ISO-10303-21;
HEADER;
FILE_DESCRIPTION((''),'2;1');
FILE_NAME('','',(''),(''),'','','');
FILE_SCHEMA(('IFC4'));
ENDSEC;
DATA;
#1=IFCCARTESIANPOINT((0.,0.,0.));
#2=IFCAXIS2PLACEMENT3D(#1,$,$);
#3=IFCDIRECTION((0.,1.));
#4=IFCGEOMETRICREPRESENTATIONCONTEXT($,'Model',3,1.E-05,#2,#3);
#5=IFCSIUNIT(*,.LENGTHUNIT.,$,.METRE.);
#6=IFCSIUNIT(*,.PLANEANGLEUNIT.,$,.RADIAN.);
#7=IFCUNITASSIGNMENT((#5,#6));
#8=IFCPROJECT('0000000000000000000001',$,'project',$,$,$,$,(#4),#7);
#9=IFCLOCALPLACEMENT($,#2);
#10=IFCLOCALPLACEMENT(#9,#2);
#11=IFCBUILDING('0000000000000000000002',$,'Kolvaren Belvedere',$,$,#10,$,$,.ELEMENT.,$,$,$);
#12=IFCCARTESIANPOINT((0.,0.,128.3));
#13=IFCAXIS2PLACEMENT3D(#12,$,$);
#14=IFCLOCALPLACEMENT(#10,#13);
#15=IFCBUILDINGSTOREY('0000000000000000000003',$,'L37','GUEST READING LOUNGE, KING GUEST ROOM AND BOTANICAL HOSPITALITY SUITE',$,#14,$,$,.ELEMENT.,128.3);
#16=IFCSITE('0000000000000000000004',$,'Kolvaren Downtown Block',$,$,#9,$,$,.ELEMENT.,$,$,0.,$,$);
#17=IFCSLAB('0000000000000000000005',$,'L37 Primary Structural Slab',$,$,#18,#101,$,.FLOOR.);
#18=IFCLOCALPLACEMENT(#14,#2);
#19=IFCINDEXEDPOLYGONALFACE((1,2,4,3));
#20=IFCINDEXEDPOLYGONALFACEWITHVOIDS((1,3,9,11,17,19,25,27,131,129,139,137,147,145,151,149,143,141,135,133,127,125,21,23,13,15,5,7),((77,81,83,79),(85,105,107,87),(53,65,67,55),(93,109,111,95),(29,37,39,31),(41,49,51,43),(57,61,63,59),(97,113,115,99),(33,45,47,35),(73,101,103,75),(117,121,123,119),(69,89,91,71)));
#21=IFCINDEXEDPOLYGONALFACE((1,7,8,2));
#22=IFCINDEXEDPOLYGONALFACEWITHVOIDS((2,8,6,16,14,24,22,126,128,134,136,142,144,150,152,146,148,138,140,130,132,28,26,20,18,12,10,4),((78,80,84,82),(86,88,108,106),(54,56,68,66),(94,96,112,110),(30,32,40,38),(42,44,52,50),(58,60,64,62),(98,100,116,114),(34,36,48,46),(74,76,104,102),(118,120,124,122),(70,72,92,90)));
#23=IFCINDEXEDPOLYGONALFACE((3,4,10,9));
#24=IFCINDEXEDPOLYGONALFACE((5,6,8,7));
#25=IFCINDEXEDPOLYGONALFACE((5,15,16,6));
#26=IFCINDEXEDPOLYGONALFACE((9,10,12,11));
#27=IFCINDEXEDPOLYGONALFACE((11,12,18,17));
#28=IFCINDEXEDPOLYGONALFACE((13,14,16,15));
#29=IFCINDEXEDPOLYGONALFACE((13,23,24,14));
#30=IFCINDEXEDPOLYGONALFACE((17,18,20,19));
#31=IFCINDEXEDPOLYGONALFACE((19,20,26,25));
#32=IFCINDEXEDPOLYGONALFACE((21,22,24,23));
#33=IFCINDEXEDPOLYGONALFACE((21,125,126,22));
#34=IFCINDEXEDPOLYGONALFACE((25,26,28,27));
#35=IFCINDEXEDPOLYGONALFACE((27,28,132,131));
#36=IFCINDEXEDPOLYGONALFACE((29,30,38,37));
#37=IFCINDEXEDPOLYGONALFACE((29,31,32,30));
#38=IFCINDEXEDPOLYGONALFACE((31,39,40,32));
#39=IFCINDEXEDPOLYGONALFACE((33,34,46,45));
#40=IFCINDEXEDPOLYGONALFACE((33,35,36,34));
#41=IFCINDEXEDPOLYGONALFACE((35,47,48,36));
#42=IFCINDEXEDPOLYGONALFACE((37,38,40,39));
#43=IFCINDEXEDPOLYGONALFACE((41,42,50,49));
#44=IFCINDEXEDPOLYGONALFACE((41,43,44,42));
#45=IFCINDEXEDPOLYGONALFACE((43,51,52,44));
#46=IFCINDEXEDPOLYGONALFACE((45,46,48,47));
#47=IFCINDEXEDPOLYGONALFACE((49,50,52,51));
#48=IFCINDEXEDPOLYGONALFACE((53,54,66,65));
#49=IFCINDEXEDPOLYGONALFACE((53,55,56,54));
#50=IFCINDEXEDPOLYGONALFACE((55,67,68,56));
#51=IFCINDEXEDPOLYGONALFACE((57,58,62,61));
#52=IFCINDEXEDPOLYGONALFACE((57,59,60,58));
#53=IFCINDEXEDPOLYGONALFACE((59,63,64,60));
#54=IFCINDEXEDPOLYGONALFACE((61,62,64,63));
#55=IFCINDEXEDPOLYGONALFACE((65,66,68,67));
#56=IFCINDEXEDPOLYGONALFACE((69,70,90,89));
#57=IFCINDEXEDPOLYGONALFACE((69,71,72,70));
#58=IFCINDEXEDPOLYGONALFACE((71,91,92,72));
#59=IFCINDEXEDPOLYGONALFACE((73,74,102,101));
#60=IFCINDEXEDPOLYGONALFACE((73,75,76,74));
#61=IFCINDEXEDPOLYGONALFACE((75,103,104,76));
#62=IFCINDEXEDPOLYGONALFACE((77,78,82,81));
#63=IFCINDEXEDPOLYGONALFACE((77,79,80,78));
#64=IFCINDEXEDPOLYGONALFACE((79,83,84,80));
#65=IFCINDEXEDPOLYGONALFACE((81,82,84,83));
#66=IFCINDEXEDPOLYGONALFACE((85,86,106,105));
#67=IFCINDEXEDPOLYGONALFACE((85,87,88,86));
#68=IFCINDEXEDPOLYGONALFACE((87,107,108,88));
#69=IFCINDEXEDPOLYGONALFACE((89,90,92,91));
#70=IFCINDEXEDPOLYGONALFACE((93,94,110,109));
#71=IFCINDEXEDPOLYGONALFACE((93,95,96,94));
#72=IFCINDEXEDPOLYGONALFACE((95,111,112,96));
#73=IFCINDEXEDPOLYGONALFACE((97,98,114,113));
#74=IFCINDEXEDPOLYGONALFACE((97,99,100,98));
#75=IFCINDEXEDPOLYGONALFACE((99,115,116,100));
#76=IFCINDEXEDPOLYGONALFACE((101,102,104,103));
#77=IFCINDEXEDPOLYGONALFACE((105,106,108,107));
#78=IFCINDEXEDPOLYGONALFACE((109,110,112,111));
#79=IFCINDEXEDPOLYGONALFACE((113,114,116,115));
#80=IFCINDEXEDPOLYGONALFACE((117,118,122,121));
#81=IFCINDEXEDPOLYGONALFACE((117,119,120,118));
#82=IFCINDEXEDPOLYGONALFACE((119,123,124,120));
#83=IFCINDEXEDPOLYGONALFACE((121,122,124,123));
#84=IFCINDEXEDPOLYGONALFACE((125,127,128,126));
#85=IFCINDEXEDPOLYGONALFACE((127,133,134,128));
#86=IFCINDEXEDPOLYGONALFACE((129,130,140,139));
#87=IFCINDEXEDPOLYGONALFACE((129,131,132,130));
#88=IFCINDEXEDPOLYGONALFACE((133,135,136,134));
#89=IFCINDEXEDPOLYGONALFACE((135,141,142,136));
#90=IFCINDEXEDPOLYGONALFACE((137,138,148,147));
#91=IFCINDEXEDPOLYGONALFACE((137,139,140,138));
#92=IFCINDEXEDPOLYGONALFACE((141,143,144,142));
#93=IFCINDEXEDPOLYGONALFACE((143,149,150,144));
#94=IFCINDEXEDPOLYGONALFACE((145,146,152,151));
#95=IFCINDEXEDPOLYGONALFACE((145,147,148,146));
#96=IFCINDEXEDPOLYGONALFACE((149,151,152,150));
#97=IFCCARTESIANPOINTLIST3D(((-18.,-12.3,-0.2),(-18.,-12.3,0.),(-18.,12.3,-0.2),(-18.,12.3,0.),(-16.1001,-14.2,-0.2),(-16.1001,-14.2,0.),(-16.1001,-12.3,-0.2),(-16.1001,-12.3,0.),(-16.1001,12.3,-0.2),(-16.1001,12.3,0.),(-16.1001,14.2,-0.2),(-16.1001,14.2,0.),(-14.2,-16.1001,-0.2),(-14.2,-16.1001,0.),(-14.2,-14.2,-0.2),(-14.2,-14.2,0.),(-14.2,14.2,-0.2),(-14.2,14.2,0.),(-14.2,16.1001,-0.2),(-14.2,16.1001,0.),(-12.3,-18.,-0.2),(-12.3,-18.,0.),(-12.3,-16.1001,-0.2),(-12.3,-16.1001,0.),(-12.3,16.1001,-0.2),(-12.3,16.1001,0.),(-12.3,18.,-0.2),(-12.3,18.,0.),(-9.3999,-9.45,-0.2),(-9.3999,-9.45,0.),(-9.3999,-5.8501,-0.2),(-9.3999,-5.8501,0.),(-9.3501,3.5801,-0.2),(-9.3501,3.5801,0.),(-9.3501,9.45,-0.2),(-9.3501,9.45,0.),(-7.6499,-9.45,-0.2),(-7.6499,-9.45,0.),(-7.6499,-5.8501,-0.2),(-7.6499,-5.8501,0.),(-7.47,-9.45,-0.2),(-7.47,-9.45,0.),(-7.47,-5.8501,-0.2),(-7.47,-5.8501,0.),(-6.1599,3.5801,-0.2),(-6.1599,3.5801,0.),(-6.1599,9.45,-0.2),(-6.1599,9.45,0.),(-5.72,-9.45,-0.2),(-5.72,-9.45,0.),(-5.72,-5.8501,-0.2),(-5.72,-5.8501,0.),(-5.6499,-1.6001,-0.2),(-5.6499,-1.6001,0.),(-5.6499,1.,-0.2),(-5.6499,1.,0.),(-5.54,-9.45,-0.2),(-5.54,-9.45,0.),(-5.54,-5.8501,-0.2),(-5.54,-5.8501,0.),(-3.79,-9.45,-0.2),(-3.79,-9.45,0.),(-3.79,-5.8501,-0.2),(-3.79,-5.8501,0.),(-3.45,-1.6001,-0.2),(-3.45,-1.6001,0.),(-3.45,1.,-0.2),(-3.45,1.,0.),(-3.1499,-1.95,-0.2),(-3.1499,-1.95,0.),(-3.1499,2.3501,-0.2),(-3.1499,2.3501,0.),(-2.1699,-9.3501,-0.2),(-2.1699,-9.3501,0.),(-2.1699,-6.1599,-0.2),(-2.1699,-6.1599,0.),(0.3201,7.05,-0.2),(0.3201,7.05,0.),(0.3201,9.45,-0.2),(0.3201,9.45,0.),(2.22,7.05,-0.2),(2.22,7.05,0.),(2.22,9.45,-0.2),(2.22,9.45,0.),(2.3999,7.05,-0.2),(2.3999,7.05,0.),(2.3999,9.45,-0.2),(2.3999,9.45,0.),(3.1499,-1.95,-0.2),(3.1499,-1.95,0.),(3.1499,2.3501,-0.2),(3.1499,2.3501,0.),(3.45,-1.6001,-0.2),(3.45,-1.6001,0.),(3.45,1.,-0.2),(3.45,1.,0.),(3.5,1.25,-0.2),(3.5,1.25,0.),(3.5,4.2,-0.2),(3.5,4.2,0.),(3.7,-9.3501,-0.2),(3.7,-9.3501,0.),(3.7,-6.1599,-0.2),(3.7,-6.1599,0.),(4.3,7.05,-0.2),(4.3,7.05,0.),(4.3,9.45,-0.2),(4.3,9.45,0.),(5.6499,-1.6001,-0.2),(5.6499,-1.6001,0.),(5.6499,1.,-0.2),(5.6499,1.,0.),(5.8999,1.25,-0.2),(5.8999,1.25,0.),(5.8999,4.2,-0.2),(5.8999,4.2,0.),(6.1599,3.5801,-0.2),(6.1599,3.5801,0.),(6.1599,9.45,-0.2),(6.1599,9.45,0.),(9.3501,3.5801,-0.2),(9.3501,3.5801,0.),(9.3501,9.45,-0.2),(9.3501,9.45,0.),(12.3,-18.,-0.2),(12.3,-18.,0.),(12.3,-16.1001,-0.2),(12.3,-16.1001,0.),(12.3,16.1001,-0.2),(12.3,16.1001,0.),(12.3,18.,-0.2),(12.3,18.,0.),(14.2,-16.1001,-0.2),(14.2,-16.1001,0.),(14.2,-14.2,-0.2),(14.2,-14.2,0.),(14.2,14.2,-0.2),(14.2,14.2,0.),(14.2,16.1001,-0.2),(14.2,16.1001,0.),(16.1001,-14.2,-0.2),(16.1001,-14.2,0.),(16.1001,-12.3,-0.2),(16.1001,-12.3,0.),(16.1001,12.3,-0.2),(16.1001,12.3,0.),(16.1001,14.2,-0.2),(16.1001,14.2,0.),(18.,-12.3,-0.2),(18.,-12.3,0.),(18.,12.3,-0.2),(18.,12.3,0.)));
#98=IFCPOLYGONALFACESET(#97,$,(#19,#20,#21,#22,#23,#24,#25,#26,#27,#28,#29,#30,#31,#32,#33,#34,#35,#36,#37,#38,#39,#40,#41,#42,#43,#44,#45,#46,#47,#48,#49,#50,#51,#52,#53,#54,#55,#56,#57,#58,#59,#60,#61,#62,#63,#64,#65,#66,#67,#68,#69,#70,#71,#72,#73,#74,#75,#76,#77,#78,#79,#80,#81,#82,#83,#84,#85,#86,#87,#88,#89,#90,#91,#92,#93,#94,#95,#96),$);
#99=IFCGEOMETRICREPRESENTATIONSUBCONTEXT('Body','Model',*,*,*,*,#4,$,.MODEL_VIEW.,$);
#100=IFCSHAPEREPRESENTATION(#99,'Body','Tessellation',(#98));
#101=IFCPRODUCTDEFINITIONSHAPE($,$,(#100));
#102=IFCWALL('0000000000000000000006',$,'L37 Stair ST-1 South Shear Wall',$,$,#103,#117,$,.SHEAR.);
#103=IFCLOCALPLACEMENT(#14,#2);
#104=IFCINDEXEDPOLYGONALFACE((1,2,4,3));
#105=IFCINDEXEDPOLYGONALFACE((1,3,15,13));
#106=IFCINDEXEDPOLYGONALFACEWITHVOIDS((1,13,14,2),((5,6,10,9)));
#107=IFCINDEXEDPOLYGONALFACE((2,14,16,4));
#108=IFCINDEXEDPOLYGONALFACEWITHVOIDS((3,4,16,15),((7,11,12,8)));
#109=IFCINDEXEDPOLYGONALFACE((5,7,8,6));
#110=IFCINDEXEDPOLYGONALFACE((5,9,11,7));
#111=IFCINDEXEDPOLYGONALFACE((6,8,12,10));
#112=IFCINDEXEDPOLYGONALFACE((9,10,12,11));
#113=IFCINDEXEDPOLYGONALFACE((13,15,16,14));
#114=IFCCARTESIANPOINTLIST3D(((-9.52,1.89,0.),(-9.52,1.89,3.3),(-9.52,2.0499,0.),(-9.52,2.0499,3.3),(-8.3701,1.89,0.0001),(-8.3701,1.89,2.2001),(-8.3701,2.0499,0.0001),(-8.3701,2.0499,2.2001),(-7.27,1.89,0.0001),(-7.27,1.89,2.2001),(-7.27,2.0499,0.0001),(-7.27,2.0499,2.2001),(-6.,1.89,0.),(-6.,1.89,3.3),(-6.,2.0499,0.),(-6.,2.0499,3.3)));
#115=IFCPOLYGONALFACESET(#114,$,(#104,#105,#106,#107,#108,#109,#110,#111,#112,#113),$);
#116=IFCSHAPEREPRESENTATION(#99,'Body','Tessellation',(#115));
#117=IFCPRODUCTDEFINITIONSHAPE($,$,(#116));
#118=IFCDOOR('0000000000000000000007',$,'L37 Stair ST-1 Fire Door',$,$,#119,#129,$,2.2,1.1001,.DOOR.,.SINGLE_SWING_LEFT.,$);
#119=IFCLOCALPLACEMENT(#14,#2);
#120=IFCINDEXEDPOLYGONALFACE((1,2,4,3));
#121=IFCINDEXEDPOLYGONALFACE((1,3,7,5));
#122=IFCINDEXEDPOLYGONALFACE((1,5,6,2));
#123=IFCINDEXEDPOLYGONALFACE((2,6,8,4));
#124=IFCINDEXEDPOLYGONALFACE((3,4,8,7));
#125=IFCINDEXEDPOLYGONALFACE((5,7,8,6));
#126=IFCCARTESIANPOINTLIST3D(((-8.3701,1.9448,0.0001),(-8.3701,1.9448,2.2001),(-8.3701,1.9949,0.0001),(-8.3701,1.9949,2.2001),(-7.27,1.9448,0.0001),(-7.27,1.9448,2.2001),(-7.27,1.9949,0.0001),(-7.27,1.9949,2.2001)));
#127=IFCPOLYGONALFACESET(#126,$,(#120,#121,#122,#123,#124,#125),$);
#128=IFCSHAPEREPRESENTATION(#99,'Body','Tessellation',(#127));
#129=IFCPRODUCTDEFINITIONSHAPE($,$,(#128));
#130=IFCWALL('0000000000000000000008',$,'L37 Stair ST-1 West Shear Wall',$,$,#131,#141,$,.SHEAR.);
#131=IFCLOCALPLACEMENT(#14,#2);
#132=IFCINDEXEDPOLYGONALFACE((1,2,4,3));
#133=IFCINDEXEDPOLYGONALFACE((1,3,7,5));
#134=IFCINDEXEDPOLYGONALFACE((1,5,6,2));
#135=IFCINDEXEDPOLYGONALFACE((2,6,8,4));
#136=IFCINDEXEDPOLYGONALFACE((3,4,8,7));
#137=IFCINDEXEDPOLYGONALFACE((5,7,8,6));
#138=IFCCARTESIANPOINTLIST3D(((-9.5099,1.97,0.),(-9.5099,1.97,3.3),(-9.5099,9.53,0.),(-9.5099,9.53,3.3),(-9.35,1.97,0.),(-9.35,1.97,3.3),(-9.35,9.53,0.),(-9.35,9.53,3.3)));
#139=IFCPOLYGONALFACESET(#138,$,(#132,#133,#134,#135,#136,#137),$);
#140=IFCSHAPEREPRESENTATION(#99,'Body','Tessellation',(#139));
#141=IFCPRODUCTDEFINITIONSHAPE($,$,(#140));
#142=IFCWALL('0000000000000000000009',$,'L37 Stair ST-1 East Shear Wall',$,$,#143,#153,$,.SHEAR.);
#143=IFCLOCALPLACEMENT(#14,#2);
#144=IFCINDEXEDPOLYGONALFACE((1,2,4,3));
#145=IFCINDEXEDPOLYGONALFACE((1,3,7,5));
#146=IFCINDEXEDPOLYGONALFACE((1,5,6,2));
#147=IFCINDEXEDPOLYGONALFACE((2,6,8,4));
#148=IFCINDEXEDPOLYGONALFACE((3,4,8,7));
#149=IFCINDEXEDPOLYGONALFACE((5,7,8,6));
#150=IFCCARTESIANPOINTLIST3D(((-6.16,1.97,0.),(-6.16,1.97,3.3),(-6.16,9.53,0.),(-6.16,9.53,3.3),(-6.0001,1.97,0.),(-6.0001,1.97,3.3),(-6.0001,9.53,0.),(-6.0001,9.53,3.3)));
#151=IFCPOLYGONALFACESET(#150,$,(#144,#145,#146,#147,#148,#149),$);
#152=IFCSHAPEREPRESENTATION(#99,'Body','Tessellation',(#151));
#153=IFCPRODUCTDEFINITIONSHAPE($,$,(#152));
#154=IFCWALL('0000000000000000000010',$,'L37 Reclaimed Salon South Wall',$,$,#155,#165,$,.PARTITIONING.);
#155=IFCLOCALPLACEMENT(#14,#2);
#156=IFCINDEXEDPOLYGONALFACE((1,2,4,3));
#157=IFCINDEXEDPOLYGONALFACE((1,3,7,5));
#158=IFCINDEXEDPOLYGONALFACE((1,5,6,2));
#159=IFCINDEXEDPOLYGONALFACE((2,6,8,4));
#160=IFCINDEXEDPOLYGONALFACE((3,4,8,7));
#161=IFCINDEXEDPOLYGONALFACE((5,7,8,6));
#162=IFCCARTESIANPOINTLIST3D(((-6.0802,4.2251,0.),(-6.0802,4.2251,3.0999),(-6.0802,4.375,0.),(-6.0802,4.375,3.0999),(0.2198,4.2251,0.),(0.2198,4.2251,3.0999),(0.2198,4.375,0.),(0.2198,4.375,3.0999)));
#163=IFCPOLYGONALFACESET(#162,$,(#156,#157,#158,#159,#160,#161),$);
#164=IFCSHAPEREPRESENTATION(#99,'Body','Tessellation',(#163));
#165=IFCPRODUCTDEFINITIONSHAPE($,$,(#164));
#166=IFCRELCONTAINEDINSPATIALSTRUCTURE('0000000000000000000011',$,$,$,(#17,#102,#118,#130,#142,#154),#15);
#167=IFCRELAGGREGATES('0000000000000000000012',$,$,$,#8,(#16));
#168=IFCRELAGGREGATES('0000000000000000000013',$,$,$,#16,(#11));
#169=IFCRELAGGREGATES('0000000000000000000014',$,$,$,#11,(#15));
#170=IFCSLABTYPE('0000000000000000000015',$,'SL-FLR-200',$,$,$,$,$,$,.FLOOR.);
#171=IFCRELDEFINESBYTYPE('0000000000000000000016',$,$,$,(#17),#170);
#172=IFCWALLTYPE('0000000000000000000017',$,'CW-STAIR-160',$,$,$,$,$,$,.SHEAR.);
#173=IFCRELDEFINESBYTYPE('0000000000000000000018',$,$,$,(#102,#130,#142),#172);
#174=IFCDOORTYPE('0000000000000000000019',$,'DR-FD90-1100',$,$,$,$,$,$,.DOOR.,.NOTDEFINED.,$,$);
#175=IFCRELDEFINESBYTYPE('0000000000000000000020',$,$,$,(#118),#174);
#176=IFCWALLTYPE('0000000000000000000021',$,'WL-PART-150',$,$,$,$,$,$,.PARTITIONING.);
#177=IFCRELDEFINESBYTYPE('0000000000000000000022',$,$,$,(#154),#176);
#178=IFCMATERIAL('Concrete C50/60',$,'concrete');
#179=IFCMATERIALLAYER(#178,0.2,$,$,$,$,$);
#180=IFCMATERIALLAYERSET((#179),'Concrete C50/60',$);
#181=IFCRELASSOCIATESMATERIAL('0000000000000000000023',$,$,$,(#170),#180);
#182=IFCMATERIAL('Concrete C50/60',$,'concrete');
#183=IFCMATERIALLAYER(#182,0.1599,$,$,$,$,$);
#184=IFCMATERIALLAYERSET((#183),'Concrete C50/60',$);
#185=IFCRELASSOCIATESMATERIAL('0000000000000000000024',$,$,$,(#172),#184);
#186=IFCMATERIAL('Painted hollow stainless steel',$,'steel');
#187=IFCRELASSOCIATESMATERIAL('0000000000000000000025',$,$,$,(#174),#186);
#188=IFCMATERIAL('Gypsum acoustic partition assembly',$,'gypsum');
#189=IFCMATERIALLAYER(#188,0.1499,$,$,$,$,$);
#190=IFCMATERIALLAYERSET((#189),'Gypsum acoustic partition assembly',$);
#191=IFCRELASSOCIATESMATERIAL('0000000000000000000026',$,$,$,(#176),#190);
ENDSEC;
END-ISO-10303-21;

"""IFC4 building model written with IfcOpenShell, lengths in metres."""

from ifc_helpers import new_model, si_unit, direction, frame, frame_2d, origin, place, context, subcontext, project, spatial, polyline, rectangle, outline, extrude, material, layer, layer_set, type_object, element, fill, save


model = new_model("IFC4")

# Units and contexts
model_context = context("Model", 3, precision=1e-05, world=origin(), true_north=direction((0.0, 1.0)))
body_context = subcontext(model_context, "Body", "Model", "MODEL_VIEW")
ifc_project = project(units=[si_unit("LENGTHUNIT", "METRE"), si_unit("PLANEANGLEUNIT", "RADIAN")], contexts=[model_context])

# Site, building, storey
site_placement = place(None, origin())
site = spatial("IfcSite", under=ifc_project, at=site_placement, Name="Kolvaren Downtown Block", CompositionType="ELEMENT", RefElevation=0.0)
building_placement = place(site_placement, origin())
building = spatial("IfcBuilding", under=site, at=building_placement, Name="Kolvaren Belvedere", CompositionType="ELEMENT")
storey_placement = place(building_placement, frame((0.0, 0.0, 128.3)))
storey = spatial("IfcBuildingStorey", under=building, at=storey_placement, Name="L37", Description="GUEST READING LOUNGE, KING GUEST ROOM AND BOTANICAL HOSPITALITY SUITE", CompositionType="ELEMENT", Elevation=128.3)

# Slab
ifc_material_1 = material(Name="Concrete C50/60", Category="concrete")
ifc_layer_1 = layer(ifc_material_1, 0.2)
ifc_layer_set_1 = layer_set([ifc_layer_1], Name="Concrete C50/60")
slab_type_1 = type_object("IfcSlabType", Name="SL-FLR-200", PredefinedType="FLOOR", material=ifc_layer_set_1)
slab_1_placement = place(storey_placement, frame((0.0, 0.0, -0.2)))
element("IfcSlab", 1, at=slab_1_placement, inside=storey, type_object=slab_type_1, Name="L37 Primary Structural Slab", PredefinedType="FLOOR", context=body_context, shape_type="SweptSolid", body=[
    extrude(outline(polyline([(-12.3, -18.0), (12.3, -18.0), (12.3, -16.1001), (14.2, -16.1001), (14.2, -14.2), (16.1001, -14.2), (16.1001, -12.3), (18.0, -12.3), (18.0, 12.3), (16.1001, 12.3), (16.1001, 14.2), (14.2, 14.2), (14.2, 16.1001), (12.3, 16.1001), (12.3, 18.0), (-12.3, 18.0), (-12.3, 16.1001), (-14.2, 16.1001), (-14.2, 14.2), (-16.1001, 14.2), (-16.1001, 12.3), (-18.0, 12.3), (-18.0, -12.3), (-16.1001, -12.3), (-16.1001, -14.2), (-14.2, -14.2), (-14.2, -16.1001), (-12.3, -16.1001), (-12.3, -18.0)]), holes=[polyline([(-9.3501, 3.5801), (-6.1599, 3.5801), (-6.1599, 9.45), (-9.3501, 9.45), (-9.3501, 3.5801)]), polyline([(6.1599, 3.5801), (9.3501, 3.5801), (9.3501, 9.45), (6.1599, 9.45), (6.1599, 3.5801)]), polyline([(-2.1699, -9.3501), (3.7, -9.3501), (3.7, -6.1599), (-2.1699, -6.1599), (-2.1699, -9.3501)]), polyline([(-5.6499, -1.6001), (-3.45, -1.6001), (-3.45, 1.0), (-5.6499, 1.0), (-5.6499, -1.6001)]), polyline([(3.5, 1.25), (5.8999, 1.25), (5.8999, 4.2), (3.5, 4.2), (3.5, 1.25)]), polyline([(3.45, -1.6001), (5.6499, -1.6001), (5.6499, 1.0), (3.45, 1.0), (3.45, -1.6001)]), polyline([(-9.3999, -9.45), (-7.6499, -9.45), (-7.6499, -5.8501), (-9.3999, -5.8501), (-9.3999, -9.45)]), polyline([(-7.47, -9.45), (-5.72, -9.45), (-5.72, -5.8501), (-7.47, -5.8501), (-7.47, -9.45)]), polyline([(-5.54, -9.45), (-3.79, -9.45), (-3.79, -5.8501), (-5.54, -5.8501), (-5.54, -9.45)]), polyline([(0.3201, 7.05), (2.22, 7.05), (2.22, 9.45), (0.3201, 9.45), (0.3201, 7.05)]), polyline([(2.3999, 7.05), (4.3, 7.05), (4.3, 9.45), (2.3999, 9.45), (2.3999, 7.05)]), polyline([(-3.1499, -1.95), (3.1499, -1.95), (3.1499, 2.3501), (-3.1499, 2.3501), (-3.1499, -1.95)])]), origin(), (0.0, 0.0, 1.0), 0.2),
])

# Wall, opening, door
ifc_material_2 = material(Name="Concrete C50/60", Category="concrete")
ifc_layer_2 = layer(ifc_material_2, 0.1599)
ifc_layer_set_2 = layer_set([ifc_layer_2], Name="Concrete C50/60")
wall_type_1 = type_object("IfcWallType", Name="CW-STAIR-160", PredefinedType="SHEAR", material=ifc_layer_set_2)
wall_1_placement = place(storey_placement, frame((-9.52, 1.97, 0.0), z_axis=(0.0, 0.0, 1.0), x_axis=(1.0, 0.0, 0.0)))
wall_1 = element("IfcWall", 2, at=wall_1_placement, inside=storey, type_object=wall_type_1, Name="L37 Stair ST-1 South Shear Wall", PredefinedType="SHEAR", context=body_context, shape_type="SweptSolid", body=[
    extrude(rectangle(XDim=3.52, YDim=0.1599, at=frame_2d((1.76, 0.0))), origin(), (0.0, 0.0, 1.0), 3.3),
])
opening_1_placement = place(wall_1_placement, frame((1.1499, 0.0, 0.0)))
opening_1 = element("IfcOpeningElement", 3, at=opening_1_placement, cuts=wall_1, PredefinedType="OPENING", context=body_context, shape_type="SweptSolid", body=[
    extrude(rectangle(XDim=1.1001, YDim=2.2, at=frame_2d((0.55, 1.1001))), frame((0.0, 0.0898, 0.0), z_axis=(0.0, -1.0, 0.0), x_axis=(1.0, 0.0, 0.0)), (0.0, 0.0, 1.0), 0.1799),
])
ifc_material_3 = material(Name="Painted hollow stainless steel", Category="steel")
door_type_1 = type_object("IfcDoorType", Name="DR-FD90-1100", OperationType="NOTDEFINED", PredefinedType="DOOR", material=ifc_material_3)
door_1_placement = place(opening_1_placement, origin())
door_1 = element("IfcDoor", 4, at=door_1_placement, inside=storey, type_object=door_type_1, Name="L37 Stair ST-1 Fire Door", OperationType="SINGLE_SWING_LEFT", OverallHeight=2.2, OverallWidth=1.1001, PredefinedType="DOOR", context=body_context, shape_type="SweptSolid", body=[
    extrude(rectangle(XDim=1.1001, YDim=2.2, at=frame_2d((0.55, 1.1001))), frame((0.0, 0.0249, 0.0), z_axis=(0.0, -1.0, 0.0), x_axis=(1.0, 0.0, 0.0)), (0.0, 0.0, 1.0), 0.05),
])
fill(opening_1, door_1)

# Walls
for number, where, z_axis, x_axis, name in (
    (5, (-9.4299, 1.97, 0.0), (0.0, 0.0, 1.0), (0.0, 1.0, 0.0), "L37 Stair ST-1 West Shear Wall"),
    (6, (-6.0801, 1.97, 0.0), (0.0, 0.0, 1.0), (0.0, 1.0, 0.0), "L37 Stair ST-1 East Shear Wall"),
):
    element("IfcWall", number, at=place(storey_placement, frame(where, z_axis=z_axis, x_axis=x_axis)), inside=storey, type_object=wall_type_1, Name=name, PredefinedType="SHEAR", context=body_context, shape_type="SweptSolid", body=[
        extrude(rectangle(XDim=7.5601, YDim=0.1599, at=frame_2d((3.78, 0.0))), origin(), (0.0, 0.0, 1.0), 3.3),
    ])
ifc_material_4 = material(Name="Gypsum acoustic partition assembly", Category="gypsum")
ifc_layer_3 = layer(ifc_material_4, 0.1499)
ifc_layer_set_3 = layer_set([ifc_layer_3], Name="Gypsum acoustic partition assembly")
wall_type_2 = type_object("IfcWallType", Name="WL-PART-150", PredefinedType="PARTITIONING", material=ifc_layer_set_3)
wall_2_placement = place(storey_placement, frame((-6.0801, 4.3, 0.0), z_axis=(0.0, 0.0, 1.0), x_axis=(1.0, 0.0, 0.0)))
element("IfcWall", 7, at=wall_2_placement, inside=storey, type_object=wall_type_2, Name="L37 Reclaimed Salon South Wall", PredefinedType="PARTITIONING", context=body_context, shape_type="SweptSolid", body=[
    extrude(rectangle(XDim=6.3, YDim=0.1499, at=frame_2d((3.1499, 0.0))), origin(), (0.0, 0.0, 1.0), 3.0999),
])

save(model, "model.ifc")
